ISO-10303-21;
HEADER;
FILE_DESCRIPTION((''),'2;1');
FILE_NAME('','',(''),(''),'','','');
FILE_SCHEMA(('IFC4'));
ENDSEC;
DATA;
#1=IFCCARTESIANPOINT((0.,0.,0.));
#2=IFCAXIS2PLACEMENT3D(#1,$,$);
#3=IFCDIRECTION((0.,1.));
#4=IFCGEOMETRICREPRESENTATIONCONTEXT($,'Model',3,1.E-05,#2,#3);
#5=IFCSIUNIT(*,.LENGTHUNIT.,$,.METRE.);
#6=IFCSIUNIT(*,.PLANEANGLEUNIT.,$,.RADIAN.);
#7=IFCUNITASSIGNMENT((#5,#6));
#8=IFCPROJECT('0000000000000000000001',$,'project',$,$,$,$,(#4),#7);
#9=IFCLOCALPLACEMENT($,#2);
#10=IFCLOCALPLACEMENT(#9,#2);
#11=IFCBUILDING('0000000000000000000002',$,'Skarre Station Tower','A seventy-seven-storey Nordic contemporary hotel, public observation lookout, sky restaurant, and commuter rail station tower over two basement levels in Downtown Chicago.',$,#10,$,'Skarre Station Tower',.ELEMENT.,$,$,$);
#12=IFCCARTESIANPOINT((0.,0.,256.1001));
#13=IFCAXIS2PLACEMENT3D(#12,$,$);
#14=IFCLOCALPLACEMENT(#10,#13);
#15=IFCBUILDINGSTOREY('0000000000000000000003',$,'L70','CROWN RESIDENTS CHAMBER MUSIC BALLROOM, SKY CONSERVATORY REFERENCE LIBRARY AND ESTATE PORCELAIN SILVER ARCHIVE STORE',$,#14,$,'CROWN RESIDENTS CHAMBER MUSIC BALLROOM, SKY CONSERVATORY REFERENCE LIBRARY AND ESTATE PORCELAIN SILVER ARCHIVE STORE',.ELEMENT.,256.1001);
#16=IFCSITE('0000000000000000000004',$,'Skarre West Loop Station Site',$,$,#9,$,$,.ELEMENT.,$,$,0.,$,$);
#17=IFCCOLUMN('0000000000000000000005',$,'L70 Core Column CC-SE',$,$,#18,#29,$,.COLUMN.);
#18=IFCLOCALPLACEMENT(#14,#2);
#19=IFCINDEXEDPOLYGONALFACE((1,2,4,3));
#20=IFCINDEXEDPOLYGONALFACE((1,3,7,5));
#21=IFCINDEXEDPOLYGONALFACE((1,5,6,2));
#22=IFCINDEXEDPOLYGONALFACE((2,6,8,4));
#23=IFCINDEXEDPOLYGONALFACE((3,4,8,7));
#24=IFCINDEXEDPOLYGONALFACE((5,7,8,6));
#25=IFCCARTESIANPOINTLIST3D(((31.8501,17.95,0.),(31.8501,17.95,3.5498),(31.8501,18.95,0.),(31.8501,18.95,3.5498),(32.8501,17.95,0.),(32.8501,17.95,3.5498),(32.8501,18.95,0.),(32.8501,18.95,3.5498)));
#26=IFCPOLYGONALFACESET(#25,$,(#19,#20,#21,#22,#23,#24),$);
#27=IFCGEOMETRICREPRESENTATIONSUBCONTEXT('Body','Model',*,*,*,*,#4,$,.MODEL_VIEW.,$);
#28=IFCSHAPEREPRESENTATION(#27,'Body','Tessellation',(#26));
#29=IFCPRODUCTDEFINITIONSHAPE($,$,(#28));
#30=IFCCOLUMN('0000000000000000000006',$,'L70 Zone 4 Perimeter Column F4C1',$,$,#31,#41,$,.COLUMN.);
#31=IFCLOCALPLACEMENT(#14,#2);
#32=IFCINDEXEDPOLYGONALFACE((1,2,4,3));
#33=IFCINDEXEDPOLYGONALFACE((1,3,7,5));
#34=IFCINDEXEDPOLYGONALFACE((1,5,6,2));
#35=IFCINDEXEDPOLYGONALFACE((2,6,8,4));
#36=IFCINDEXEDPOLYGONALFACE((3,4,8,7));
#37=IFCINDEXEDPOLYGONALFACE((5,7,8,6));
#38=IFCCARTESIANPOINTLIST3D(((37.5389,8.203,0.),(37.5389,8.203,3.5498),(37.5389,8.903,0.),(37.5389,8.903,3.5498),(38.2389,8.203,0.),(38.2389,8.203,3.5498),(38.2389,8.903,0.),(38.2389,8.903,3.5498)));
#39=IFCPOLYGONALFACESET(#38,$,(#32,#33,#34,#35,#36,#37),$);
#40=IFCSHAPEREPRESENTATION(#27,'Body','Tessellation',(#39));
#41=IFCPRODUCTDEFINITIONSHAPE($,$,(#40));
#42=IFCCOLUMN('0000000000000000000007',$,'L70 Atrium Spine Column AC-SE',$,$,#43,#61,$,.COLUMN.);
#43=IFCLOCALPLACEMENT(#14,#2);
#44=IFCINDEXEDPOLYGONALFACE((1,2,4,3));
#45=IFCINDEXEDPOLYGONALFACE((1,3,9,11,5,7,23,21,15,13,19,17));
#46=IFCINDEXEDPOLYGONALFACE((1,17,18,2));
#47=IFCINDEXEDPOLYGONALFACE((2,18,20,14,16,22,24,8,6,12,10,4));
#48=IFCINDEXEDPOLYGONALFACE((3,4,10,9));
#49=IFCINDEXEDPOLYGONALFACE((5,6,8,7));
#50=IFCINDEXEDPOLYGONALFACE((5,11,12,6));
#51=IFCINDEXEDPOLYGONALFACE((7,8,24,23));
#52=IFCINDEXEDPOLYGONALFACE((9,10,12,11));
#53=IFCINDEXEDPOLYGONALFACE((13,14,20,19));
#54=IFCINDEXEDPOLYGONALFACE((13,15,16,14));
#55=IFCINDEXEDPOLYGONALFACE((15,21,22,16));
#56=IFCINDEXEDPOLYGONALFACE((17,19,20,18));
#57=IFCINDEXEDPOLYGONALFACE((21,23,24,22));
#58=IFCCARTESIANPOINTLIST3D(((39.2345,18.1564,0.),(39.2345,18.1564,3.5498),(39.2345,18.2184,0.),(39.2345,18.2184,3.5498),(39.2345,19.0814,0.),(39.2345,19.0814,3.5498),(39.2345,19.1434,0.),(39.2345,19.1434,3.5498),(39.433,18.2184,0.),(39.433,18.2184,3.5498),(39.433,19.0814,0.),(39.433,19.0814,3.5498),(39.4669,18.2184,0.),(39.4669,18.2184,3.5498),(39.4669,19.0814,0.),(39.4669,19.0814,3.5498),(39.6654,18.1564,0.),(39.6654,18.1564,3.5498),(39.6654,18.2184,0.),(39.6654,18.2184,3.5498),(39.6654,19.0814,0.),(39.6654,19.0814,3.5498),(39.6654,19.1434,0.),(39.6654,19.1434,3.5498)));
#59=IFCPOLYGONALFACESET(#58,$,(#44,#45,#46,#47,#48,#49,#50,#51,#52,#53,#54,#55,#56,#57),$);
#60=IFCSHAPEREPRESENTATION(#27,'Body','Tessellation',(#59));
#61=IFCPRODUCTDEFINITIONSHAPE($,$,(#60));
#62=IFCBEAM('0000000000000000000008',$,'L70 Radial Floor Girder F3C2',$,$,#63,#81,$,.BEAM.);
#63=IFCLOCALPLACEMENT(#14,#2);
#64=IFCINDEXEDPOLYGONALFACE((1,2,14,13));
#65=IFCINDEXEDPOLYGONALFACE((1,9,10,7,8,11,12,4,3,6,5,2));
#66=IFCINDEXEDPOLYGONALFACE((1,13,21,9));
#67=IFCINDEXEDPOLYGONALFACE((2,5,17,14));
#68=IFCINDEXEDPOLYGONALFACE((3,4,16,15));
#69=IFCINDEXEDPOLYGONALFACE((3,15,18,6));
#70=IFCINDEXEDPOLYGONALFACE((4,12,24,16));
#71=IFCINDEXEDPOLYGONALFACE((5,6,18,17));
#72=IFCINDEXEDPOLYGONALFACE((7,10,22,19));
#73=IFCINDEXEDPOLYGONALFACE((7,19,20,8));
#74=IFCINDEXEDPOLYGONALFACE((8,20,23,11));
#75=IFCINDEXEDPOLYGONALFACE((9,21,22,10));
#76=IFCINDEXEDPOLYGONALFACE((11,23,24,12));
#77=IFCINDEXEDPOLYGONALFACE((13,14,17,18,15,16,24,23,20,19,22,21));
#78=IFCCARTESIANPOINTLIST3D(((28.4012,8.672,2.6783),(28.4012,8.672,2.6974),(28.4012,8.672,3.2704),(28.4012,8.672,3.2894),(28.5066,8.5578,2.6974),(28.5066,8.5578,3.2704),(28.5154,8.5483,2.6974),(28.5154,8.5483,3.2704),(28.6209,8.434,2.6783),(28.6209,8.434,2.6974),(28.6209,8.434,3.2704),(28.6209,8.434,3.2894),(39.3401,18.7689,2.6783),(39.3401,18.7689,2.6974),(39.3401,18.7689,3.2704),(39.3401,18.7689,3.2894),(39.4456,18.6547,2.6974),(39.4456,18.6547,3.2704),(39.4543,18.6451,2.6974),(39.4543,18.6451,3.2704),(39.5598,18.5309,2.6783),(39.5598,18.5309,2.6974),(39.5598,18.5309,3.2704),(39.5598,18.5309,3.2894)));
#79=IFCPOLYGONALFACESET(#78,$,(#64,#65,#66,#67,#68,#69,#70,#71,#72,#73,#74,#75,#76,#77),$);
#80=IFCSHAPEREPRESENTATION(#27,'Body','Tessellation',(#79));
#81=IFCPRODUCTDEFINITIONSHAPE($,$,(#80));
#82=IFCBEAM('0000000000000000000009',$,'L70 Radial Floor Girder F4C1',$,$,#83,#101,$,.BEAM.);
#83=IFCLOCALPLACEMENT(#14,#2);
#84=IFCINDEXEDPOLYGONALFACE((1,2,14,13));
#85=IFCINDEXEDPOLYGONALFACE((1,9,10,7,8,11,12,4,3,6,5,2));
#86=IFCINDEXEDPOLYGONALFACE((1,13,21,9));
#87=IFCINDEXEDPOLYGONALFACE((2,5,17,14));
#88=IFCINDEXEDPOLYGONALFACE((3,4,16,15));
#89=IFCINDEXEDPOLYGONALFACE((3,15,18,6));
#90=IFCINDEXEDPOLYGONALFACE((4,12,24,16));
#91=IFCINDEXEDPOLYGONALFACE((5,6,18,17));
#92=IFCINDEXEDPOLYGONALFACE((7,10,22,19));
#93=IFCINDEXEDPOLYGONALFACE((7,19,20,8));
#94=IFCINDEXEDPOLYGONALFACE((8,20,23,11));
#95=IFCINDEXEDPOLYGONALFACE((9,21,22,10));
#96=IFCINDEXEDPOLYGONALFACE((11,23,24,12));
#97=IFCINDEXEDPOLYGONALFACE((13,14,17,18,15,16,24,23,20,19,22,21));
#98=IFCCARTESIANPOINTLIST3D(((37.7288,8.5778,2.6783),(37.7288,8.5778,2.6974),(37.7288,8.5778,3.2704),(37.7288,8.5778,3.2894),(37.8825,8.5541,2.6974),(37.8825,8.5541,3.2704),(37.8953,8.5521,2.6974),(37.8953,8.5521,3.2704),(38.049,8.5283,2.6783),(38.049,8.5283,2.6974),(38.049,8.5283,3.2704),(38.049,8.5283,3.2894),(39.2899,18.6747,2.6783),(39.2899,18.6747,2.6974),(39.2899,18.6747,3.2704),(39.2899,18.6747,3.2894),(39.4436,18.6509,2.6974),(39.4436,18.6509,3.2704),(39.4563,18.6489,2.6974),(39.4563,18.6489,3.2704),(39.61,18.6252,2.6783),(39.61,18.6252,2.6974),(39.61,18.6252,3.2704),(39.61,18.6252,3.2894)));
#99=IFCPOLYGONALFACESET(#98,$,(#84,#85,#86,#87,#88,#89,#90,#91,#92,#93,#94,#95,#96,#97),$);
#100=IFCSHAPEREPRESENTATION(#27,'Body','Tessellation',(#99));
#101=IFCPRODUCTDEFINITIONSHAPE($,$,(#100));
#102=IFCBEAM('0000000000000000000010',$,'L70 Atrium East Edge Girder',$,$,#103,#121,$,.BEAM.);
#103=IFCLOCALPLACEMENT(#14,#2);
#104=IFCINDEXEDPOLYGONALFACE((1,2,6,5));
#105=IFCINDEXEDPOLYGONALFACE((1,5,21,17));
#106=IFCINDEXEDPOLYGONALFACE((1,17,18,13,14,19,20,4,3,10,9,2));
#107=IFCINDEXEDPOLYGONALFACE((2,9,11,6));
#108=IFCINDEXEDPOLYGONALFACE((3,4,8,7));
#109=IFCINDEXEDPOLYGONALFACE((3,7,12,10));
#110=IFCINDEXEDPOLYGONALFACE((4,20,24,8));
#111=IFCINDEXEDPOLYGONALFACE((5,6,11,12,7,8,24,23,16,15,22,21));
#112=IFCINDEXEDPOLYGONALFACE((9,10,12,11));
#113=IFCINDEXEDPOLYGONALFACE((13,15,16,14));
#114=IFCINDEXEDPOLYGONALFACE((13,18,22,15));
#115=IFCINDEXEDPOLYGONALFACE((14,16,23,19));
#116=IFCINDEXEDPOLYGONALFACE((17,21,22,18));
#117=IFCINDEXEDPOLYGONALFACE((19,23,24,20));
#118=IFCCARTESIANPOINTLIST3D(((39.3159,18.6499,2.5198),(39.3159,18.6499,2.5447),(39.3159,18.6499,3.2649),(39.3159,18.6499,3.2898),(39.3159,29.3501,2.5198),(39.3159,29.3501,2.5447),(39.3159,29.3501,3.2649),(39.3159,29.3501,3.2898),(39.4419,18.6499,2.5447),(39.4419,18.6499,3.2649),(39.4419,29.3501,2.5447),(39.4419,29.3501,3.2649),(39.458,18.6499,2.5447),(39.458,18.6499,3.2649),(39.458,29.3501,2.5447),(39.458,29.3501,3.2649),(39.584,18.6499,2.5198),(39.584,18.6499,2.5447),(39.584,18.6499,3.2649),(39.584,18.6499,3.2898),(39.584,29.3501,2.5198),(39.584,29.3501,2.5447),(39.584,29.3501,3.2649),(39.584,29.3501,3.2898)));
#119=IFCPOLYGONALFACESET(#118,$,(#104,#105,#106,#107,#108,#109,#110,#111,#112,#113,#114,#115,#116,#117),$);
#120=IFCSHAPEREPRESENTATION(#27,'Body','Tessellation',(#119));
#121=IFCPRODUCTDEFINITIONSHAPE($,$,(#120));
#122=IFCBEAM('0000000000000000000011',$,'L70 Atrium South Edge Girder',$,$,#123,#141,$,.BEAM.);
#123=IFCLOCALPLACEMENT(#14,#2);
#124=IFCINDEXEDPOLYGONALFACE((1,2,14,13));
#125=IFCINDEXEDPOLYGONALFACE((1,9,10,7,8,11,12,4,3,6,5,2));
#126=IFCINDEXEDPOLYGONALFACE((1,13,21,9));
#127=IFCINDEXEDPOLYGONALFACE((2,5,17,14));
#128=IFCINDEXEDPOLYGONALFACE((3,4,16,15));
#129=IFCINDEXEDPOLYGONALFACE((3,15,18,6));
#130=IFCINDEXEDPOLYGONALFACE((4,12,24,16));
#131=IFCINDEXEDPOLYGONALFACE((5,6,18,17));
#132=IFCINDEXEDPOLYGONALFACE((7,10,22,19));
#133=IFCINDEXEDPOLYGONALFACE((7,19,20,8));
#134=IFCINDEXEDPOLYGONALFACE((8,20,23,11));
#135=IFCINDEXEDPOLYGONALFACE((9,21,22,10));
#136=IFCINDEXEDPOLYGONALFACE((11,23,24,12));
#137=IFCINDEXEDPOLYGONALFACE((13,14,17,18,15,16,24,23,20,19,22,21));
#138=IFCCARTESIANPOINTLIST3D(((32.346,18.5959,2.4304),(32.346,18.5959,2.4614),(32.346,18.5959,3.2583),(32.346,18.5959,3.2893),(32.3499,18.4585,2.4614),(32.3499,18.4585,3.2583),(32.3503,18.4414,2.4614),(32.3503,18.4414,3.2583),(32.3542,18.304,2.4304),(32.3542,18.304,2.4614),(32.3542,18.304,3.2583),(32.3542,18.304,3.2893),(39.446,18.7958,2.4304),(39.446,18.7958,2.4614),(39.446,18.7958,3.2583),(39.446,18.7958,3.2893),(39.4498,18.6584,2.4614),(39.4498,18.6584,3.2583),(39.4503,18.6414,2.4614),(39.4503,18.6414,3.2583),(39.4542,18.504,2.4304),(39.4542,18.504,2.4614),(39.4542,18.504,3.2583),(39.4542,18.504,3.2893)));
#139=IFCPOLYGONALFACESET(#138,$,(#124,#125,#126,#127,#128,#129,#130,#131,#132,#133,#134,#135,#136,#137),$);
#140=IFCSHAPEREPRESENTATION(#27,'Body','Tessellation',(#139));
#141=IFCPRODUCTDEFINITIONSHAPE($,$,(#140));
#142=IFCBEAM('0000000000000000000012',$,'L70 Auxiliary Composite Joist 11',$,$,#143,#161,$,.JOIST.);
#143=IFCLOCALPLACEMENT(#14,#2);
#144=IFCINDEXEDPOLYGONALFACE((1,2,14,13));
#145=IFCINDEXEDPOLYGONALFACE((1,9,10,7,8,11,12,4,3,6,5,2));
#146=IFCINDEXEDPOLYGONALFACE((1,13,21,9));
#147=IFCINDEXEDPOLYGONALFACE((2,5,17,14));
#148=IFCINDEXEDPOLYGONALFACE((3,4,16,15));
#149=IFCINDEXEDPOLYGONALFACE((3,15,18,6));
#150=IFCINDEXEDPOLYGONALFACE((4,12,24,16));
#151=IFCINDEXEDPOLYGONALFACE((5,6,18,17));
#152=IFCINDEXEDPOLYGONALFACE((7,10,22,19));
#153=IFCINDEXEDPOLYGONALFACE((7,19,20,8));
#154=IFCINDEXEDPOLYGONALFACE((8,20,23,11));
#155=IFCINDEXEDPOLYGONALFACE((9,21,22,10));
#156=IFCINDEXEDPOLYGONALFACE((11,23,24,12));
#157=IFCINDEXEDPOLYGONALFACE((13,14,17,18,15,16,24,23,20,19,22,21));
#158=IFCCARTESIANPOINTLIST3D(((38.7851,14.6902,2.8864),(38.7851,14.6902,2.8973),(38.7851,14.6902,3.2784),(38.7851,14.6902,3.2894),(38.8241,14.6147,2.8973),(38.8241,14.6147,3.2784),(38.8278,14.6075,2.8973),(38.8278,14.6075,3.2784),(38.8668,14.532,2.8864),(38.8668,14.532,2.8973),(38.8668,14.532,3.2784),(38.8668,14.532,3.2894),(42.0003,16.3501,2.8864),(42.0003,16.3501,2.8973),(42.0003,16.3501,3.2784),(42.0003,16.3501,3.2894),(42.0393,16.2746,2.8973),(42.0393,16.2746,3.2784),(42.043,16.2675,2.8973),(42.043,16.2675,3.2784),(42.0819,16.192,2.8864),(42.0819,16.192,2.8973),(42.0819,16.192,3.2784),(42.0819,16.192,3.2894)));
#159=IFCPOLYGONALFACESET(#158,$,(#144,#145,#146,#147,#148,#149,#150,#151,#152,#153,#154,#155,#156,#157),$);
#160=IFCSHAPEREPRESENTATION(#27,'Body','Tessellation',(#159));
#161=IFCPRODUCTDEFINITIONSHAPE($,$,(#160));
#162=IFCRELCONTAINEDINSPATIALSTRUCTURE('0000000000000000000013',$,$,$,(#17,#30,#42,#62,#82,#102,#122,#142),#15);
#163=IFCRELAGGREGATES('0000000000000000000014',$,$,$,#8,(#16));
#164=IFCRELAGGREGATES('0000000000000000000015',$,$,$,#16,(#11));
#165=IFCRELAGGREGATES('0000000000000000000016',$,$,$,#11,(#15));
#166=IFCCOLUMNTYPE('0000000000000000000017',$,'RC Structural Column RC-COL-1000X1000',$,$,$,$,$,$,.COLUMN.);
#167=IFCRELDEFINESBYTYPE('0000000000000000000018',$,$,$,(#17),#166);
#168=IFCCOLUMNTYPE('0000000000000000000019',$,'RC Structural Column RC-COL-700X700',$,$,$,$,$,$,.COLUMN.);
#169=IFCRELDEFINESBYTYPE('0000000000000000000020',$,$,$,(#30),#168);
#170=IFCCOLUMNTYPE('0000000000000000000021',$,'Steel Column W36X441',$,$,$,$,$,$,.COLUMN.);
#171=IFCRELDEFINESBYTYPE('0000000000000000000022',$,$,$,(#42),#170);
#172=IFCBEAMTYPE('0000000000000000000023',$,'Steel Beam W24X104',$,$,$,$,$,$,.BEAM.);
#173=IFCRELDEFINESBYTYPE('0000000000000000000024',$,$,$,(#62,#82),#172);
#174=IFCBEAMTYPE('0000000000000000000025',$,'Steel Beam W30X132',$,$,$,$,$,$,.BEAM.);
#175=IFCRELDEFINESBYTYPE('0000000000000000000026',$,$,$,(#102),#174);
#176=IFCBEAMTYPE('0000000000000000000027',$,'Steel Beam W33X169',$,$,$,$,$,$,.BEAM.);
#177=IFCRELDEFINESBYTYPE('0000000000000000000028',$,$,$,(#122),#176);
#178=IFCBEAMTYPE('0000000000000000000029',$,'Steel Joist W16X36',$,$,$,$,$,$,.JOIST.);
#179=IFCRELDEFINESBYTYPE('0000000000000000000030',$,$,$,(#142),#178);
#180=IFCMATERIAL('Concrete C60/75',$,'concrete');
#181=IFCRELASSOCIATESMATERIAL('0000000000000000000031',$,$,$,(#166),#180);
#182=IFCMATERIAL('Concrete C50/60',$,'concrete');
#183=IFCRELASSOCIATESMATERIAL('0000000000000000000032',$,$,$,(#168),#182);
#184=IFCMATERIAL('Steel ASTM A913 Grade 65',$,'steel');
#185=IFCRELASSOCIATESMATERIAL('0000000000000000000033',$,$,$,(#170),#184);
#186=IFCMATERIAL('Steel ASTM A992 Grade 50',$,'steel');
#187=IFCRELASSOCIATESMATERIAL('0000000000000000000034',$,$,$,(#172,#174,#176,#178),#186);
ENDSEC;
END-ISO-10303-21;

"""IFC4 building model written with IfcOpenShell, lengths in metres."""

from ifc_helpers import new_model, si_unit, direction, frame, origin, origin_2d, place, context, subcontext, project, spatial, rectangle, i_section, extrude, material, material_profile, profile_set, type_object, element, save


model = new_model("IFC4")

# Units and contexts
model_context = context("Model", 3, precision=1e-05, world=origin(), true_north=direction((0.0, 1.0)))
body_context = subcontext(model_context, "Body", "Model", "MODEL_VIEW")
ifc_project = project(units=[si_unit("LENGTHUNIT", "METRE"), si_unit("PLANEANGLEUNIT", "RADIAN")], contexts=[model_context])

# Site, building, storey
site_placement = place(None, origin())
site = spatial("IfcSite", under=ifc_project, at=site_placement, Name="Skarre West Loop Station Site", CompositionType="ELEMENT", RefElevation=0.0)
building_placement = place(site_placement, origin())
building = spatial("IfcBuilding", under=site, at=building_placement, Name="Skarre Station Tower", Description="A seventy-seven-storey Nordic contemporary hotel, public observation lookout, sky restaurant, and commuter rail station tower over two basement levels in Downtown Chicago.", LongName="Skarre Station Tower", CompositionType="ELEMENT")
storey_placement = place(building_placement, frame((0.0, 0.0, 256.1001)))
storey = spatial("IfcBuildingStorey", under=building, at=storey_placement, Name="L70", Description="CROWN RESIDENTS CHAMBER MUSIC BALLROOM, SKY CONSERVATORY REFERENCE LIBRARY AND ESTATE PORCELAIN SILVER ARCHIVE STORE", LongName="CROWN RESIDENTS CHAMBER MUSIC BALLROOM, SKY CONSERVATORY REFERENCE LIBRARY AND ESTATE PORCELAIN SILVER ARCHIVE STORE", CompositionType="ELEMENT", Elevation=256.1001)

# Columns
ifc_material_1 = material(Name="Concrete C60/75", Category="concrete")
ifc_material_profile_1 = material_profile(ifc_material_1, rectangle(XDim=1.0, YDim=1.0, at=origin_2d()), Name="Concrete C60/75")
ifc_profile_set_1 = profile_set([ifc_material_profile_1], Name="Concrete C60/75")
column_type_1 = type_object("IfcColumnType", Name="RC Structural Column RC-COL-1000X1000", PredefinedType="COLUMN", material=ifc_profile_set_1)
column_1_placement = place(storey_placement, frame((32.3501, 18.45, 0.0), z_axis=(0.0, 0.0, 1.0), x_axis=(1.0, 0.0, 0.0)))
element("IfcColumn", 1, at=column_1_placement, inside=storey, type_object=column_type_1, Name="L70 Core Column CC-SE", PredefinedType="COLUMN", context=body_context, shape_type="SweptSolid", body=[
    extrude(rectangle(XDim=1.0, YDim=1.0, at=origin_2d()), origin(), (0.0, 0.0, 1.0), 3.5498),
])
ifc_material_2 = material(Name="Concrete C50/60", Category="concrete")
ifc_material_profile_2 = material_profile(ifc_material_2, rectangle(XDim=0.7, YDim=0.7, at=origin_2d()), Name="Concrete C50/60")
ifc_profile_set_2 = profile_set([ifc_material_profile_2], Name="Concrete C50/60")
column_type_2 = type_object("IfcColumnType", Name="RC Structural Column RC-COL-700X700", PredefinedType="COLUMN", material=ifc_profile_set_2)
column_2_placement = place(storey_placement, frame((37.8889, 8.553, 0.0), z_axis=(0.0, 0.0, 1.0), x_axis=(1.0, 0.0, 0.0)))
element("IfcColumn", 2, at=column_2_placement, inside=storey, type_object=column_type_2, Name="L70 Zone 4 Perimeter Column F4C1", PredefinedType="COLUMN", context=body_context, shape_type="SweptSolid", body=[
    extrude(rectangle(XDim=0.7, YDim=0.7, at=origin_2d()), origin(), (0.0, 0.0, 1.0), 3.5498),
])
ifc_material_3 = material(Name="Steel ASTM A913 Grade 65", Category="steel")
ifc_material_profile_3 = material_profile(ifc_material_3, i_section(OverallWidth=0.4309, OverallDepth=0.9871, WebThickness=0.0339, FlangeThickness=0.062, at=origin_2d()), Name="Steel ASTM A913 Grade 65")
ifc_profile_set_3 = profile_set([ifc_material_profile_3], Name="Steel ASTM A913 Grade 65")
column_type_3 = type_object("IfcColumnType", Name="Steel Column W36X441", PredefinedType="COLUMN", material=ifc_profile_set_3)
column_3_placement = place(storey_placement, frame((39.45, 18.6499, 0.0), z_axis=(0.0, 0.0, 1.0), x_axis=(1.0, 0.0, 0.0)))
element("IfcColumn", 3, at=column_3_placement, inside=storey, type_object=column_type_3, Name="L70 Atrium Spine Column AC-SE", PredefinedType="COLUMN", context=body_context, shape_type="SweptSolid", body=[
    extrude(i_section(OverallWidth=0.4309, OverallDepth=0.9871, WebThickness=0.0339, FlangeThickness=0.062, at=origin_2d()), origin(), (0.0, 0.0, 1.0), 3.5498),
])

# Beams
ifc_material_4 = material(Name="Steel ASTM A992 Grade 50", Category="steel")
ifc_material_profile_4 = material_profile(ifc_material_4, i_section(OverallWidth=0.324, OverallDepth=0.6111, WebThickness=0.0129, FlangeThickness=0.019, at=origin_2d()), Name="Steel ASTM A992 Grade 50")
ifc_profile_set_4 = profile_set([ifc_material_profile_4], Name="Steel ASTM A992 Grade 50")
beam_type_1 = type_object("IfcBeamType", Name="Steel Beam W24X104", PredefinedType="BEAM", material=ifc_profile_set_4)
beam_1_placement = place(storey_placement, frame((39.45, 18.6499, 2.9839), z_axis=(-0.734823, -0.678259, 0.0), x_axis=(0.678259, -0.734823, 0.0)))
element("IfcBeam", 4, at=beam_1_placement, inside=storey, type_object=beam_type_1, Name="L70 Radial Floor Girder F3C2", PredefinedType="BEAM", context=body_context, shape_type="SweptSolid", body=[
    extrude(i_section(OverallWidth=0.324, OverallDepth=0.6111, WebThickness=0.0129, FlangeThickness=0.019, at=origin_2d()), origin(), (0.0, 0.0, 1.0), 14.8865),
])
beam_2_placement = place(storey_placement, frame((39.45, 18.6499, 2.9839), z_axis=(-0.15279, -0.988259, 0.0), x_axis=(0.988259, -0.15279, 0.0)))
element("IfcBeam", 5, at=beam_2_placement, inside=storey, type_object=beam_type_1, Name="L70 Radial Floor Girder F4C1", PredefinedType="BEAM", context=body_context, shape_type="SweptSolid", body=[
    extrude(i_section(OverallWidth=0.324, OverallDepth=0.6111, WebThickness=0.0129, FlangeThickness=0.019, at=origin_2d()), origin(), (0.0, 0.0, 1.0), 10.2168),
])
ifc_material_profile_5 = material_profile(ifc_material_4, i_section(OverallWidth=0.2681, OverallDepth=0.77, WebThickness=0.0161, FlangeThickness=0.0249, at=origin_2d()), Name="Steel ASTM A992 Grade 50")
ifc_profile_set_5 = profile_set([ifc_material_profile_5], Name="Steel ASTM A992 Grade 50")
beam_type_2 = type_object("IfcBeamType", Name="Steel Beam W30X132", PredefinedType="BEAM", material=ifc_profile_set_5)
beam_3_placement = place(storey_placement, frame((39.45, 18.6499, 2.9048), z_axis=(0.0, 1.0, 0.0), x_axis=(-1.0, 0.0, 0.0)))
element("IfcBeam", 6, at=beam_3_placement, inside=storey, type_object=beam_type_2, Name="L70 Atrium East Edge Girder", PredefinedType="BEAM", context=body_context, shape_type="SweptSolid", body=[
    extrude(i_section(OverallWidth=0.2681, OverallDepth=0.77, WebThickness=0.0161, FlangeThickness=0.0249, at=origin_2d()), origin(), (0.0, 0.0, 1.0), 10.7002),
])
ifc_material_profile_6 = material_profile(ifc_material_4, i_section(OverallWidth=0.292, OverallDepth=0.8589, WebThickness=0.0171, FlangeThickness=0.031, at=origin_2d()), Name="Steel ASTM A992 Grade 50")
ifc_profile_set_6 = profile_set([ifc_material_profile_6], Name="Steel ASTM A992 Grade 50")
beam_type_3 = type_object("IfcBeamType", Name="Steel Beam W33X169", PredefinedType="BEAM", material=ifc_profile_set_6)
beam_4_placement = place(storey_placement, frame((32.3501, 18.45, 2.8599), z_axis=(0.999604, 0.028152, 0.0), x_axis=(-0.028152, 0.999604, 0.0)))
element("IfcBeam", 7, at=beam_4_placement, inside=storey, type_object=beam_type_3, Name="L70 Atrium South Edge Girder", PredefinedType="BEAM", context=body_context, shape_type="SweptSolid", body=[
    extrude(i_section(OverallWidth=0.292, OverallDepth=0.8589, WebThickness=0.0171, FlangeThickness=0.031, at=origin_2d()), origin(), (0.0, 0.0, 1.0), 7.1028),
])
ifc_material_profile_7 = material_profile(ifc_material_4, i_section(OverallWidth=0.178, OverallDepth=0.4031, WebThickness=0.0081, FlangeThickness=0.011, at=origin_2d()), Name="Steel ASTM A992 Grade 50")
ifc_profile_set_7 = profile_set([ifc_material_profile_7], Name="Steel ASTM A992 Grade 50")
beam_type_4 = type_object("IfcBeamType", Name="Steel Joist W16X36", PredefinedType="JOIST", material=ifc_profile_set_7)
beam_5_placement = place(storey_placement, frame((38.8259, 14.6111, 3.0879), z_axis=(0.888563, 0.458755, 0.0), x_axis=(-0.458755, 0.888563, 0.0)))
element("IfcBeam", 8, at=beam_5_placement, inside=storey, type_object=beam_type_4, Name="L70 Auxiliary Composite Joist 11", PredefinedType="JOIST", context=body_context, shape_type="SweptSolid", body=[
    extrude(i_section(OverallWidth=0.178, OverallDepth=0.4031, WebThickness=0.0081, FlangeThickness=0.011, at=origin_2d()), origin(), (0.0, 0.0, 1.0), 3.6184),
])

save(model, "model.ifc")
